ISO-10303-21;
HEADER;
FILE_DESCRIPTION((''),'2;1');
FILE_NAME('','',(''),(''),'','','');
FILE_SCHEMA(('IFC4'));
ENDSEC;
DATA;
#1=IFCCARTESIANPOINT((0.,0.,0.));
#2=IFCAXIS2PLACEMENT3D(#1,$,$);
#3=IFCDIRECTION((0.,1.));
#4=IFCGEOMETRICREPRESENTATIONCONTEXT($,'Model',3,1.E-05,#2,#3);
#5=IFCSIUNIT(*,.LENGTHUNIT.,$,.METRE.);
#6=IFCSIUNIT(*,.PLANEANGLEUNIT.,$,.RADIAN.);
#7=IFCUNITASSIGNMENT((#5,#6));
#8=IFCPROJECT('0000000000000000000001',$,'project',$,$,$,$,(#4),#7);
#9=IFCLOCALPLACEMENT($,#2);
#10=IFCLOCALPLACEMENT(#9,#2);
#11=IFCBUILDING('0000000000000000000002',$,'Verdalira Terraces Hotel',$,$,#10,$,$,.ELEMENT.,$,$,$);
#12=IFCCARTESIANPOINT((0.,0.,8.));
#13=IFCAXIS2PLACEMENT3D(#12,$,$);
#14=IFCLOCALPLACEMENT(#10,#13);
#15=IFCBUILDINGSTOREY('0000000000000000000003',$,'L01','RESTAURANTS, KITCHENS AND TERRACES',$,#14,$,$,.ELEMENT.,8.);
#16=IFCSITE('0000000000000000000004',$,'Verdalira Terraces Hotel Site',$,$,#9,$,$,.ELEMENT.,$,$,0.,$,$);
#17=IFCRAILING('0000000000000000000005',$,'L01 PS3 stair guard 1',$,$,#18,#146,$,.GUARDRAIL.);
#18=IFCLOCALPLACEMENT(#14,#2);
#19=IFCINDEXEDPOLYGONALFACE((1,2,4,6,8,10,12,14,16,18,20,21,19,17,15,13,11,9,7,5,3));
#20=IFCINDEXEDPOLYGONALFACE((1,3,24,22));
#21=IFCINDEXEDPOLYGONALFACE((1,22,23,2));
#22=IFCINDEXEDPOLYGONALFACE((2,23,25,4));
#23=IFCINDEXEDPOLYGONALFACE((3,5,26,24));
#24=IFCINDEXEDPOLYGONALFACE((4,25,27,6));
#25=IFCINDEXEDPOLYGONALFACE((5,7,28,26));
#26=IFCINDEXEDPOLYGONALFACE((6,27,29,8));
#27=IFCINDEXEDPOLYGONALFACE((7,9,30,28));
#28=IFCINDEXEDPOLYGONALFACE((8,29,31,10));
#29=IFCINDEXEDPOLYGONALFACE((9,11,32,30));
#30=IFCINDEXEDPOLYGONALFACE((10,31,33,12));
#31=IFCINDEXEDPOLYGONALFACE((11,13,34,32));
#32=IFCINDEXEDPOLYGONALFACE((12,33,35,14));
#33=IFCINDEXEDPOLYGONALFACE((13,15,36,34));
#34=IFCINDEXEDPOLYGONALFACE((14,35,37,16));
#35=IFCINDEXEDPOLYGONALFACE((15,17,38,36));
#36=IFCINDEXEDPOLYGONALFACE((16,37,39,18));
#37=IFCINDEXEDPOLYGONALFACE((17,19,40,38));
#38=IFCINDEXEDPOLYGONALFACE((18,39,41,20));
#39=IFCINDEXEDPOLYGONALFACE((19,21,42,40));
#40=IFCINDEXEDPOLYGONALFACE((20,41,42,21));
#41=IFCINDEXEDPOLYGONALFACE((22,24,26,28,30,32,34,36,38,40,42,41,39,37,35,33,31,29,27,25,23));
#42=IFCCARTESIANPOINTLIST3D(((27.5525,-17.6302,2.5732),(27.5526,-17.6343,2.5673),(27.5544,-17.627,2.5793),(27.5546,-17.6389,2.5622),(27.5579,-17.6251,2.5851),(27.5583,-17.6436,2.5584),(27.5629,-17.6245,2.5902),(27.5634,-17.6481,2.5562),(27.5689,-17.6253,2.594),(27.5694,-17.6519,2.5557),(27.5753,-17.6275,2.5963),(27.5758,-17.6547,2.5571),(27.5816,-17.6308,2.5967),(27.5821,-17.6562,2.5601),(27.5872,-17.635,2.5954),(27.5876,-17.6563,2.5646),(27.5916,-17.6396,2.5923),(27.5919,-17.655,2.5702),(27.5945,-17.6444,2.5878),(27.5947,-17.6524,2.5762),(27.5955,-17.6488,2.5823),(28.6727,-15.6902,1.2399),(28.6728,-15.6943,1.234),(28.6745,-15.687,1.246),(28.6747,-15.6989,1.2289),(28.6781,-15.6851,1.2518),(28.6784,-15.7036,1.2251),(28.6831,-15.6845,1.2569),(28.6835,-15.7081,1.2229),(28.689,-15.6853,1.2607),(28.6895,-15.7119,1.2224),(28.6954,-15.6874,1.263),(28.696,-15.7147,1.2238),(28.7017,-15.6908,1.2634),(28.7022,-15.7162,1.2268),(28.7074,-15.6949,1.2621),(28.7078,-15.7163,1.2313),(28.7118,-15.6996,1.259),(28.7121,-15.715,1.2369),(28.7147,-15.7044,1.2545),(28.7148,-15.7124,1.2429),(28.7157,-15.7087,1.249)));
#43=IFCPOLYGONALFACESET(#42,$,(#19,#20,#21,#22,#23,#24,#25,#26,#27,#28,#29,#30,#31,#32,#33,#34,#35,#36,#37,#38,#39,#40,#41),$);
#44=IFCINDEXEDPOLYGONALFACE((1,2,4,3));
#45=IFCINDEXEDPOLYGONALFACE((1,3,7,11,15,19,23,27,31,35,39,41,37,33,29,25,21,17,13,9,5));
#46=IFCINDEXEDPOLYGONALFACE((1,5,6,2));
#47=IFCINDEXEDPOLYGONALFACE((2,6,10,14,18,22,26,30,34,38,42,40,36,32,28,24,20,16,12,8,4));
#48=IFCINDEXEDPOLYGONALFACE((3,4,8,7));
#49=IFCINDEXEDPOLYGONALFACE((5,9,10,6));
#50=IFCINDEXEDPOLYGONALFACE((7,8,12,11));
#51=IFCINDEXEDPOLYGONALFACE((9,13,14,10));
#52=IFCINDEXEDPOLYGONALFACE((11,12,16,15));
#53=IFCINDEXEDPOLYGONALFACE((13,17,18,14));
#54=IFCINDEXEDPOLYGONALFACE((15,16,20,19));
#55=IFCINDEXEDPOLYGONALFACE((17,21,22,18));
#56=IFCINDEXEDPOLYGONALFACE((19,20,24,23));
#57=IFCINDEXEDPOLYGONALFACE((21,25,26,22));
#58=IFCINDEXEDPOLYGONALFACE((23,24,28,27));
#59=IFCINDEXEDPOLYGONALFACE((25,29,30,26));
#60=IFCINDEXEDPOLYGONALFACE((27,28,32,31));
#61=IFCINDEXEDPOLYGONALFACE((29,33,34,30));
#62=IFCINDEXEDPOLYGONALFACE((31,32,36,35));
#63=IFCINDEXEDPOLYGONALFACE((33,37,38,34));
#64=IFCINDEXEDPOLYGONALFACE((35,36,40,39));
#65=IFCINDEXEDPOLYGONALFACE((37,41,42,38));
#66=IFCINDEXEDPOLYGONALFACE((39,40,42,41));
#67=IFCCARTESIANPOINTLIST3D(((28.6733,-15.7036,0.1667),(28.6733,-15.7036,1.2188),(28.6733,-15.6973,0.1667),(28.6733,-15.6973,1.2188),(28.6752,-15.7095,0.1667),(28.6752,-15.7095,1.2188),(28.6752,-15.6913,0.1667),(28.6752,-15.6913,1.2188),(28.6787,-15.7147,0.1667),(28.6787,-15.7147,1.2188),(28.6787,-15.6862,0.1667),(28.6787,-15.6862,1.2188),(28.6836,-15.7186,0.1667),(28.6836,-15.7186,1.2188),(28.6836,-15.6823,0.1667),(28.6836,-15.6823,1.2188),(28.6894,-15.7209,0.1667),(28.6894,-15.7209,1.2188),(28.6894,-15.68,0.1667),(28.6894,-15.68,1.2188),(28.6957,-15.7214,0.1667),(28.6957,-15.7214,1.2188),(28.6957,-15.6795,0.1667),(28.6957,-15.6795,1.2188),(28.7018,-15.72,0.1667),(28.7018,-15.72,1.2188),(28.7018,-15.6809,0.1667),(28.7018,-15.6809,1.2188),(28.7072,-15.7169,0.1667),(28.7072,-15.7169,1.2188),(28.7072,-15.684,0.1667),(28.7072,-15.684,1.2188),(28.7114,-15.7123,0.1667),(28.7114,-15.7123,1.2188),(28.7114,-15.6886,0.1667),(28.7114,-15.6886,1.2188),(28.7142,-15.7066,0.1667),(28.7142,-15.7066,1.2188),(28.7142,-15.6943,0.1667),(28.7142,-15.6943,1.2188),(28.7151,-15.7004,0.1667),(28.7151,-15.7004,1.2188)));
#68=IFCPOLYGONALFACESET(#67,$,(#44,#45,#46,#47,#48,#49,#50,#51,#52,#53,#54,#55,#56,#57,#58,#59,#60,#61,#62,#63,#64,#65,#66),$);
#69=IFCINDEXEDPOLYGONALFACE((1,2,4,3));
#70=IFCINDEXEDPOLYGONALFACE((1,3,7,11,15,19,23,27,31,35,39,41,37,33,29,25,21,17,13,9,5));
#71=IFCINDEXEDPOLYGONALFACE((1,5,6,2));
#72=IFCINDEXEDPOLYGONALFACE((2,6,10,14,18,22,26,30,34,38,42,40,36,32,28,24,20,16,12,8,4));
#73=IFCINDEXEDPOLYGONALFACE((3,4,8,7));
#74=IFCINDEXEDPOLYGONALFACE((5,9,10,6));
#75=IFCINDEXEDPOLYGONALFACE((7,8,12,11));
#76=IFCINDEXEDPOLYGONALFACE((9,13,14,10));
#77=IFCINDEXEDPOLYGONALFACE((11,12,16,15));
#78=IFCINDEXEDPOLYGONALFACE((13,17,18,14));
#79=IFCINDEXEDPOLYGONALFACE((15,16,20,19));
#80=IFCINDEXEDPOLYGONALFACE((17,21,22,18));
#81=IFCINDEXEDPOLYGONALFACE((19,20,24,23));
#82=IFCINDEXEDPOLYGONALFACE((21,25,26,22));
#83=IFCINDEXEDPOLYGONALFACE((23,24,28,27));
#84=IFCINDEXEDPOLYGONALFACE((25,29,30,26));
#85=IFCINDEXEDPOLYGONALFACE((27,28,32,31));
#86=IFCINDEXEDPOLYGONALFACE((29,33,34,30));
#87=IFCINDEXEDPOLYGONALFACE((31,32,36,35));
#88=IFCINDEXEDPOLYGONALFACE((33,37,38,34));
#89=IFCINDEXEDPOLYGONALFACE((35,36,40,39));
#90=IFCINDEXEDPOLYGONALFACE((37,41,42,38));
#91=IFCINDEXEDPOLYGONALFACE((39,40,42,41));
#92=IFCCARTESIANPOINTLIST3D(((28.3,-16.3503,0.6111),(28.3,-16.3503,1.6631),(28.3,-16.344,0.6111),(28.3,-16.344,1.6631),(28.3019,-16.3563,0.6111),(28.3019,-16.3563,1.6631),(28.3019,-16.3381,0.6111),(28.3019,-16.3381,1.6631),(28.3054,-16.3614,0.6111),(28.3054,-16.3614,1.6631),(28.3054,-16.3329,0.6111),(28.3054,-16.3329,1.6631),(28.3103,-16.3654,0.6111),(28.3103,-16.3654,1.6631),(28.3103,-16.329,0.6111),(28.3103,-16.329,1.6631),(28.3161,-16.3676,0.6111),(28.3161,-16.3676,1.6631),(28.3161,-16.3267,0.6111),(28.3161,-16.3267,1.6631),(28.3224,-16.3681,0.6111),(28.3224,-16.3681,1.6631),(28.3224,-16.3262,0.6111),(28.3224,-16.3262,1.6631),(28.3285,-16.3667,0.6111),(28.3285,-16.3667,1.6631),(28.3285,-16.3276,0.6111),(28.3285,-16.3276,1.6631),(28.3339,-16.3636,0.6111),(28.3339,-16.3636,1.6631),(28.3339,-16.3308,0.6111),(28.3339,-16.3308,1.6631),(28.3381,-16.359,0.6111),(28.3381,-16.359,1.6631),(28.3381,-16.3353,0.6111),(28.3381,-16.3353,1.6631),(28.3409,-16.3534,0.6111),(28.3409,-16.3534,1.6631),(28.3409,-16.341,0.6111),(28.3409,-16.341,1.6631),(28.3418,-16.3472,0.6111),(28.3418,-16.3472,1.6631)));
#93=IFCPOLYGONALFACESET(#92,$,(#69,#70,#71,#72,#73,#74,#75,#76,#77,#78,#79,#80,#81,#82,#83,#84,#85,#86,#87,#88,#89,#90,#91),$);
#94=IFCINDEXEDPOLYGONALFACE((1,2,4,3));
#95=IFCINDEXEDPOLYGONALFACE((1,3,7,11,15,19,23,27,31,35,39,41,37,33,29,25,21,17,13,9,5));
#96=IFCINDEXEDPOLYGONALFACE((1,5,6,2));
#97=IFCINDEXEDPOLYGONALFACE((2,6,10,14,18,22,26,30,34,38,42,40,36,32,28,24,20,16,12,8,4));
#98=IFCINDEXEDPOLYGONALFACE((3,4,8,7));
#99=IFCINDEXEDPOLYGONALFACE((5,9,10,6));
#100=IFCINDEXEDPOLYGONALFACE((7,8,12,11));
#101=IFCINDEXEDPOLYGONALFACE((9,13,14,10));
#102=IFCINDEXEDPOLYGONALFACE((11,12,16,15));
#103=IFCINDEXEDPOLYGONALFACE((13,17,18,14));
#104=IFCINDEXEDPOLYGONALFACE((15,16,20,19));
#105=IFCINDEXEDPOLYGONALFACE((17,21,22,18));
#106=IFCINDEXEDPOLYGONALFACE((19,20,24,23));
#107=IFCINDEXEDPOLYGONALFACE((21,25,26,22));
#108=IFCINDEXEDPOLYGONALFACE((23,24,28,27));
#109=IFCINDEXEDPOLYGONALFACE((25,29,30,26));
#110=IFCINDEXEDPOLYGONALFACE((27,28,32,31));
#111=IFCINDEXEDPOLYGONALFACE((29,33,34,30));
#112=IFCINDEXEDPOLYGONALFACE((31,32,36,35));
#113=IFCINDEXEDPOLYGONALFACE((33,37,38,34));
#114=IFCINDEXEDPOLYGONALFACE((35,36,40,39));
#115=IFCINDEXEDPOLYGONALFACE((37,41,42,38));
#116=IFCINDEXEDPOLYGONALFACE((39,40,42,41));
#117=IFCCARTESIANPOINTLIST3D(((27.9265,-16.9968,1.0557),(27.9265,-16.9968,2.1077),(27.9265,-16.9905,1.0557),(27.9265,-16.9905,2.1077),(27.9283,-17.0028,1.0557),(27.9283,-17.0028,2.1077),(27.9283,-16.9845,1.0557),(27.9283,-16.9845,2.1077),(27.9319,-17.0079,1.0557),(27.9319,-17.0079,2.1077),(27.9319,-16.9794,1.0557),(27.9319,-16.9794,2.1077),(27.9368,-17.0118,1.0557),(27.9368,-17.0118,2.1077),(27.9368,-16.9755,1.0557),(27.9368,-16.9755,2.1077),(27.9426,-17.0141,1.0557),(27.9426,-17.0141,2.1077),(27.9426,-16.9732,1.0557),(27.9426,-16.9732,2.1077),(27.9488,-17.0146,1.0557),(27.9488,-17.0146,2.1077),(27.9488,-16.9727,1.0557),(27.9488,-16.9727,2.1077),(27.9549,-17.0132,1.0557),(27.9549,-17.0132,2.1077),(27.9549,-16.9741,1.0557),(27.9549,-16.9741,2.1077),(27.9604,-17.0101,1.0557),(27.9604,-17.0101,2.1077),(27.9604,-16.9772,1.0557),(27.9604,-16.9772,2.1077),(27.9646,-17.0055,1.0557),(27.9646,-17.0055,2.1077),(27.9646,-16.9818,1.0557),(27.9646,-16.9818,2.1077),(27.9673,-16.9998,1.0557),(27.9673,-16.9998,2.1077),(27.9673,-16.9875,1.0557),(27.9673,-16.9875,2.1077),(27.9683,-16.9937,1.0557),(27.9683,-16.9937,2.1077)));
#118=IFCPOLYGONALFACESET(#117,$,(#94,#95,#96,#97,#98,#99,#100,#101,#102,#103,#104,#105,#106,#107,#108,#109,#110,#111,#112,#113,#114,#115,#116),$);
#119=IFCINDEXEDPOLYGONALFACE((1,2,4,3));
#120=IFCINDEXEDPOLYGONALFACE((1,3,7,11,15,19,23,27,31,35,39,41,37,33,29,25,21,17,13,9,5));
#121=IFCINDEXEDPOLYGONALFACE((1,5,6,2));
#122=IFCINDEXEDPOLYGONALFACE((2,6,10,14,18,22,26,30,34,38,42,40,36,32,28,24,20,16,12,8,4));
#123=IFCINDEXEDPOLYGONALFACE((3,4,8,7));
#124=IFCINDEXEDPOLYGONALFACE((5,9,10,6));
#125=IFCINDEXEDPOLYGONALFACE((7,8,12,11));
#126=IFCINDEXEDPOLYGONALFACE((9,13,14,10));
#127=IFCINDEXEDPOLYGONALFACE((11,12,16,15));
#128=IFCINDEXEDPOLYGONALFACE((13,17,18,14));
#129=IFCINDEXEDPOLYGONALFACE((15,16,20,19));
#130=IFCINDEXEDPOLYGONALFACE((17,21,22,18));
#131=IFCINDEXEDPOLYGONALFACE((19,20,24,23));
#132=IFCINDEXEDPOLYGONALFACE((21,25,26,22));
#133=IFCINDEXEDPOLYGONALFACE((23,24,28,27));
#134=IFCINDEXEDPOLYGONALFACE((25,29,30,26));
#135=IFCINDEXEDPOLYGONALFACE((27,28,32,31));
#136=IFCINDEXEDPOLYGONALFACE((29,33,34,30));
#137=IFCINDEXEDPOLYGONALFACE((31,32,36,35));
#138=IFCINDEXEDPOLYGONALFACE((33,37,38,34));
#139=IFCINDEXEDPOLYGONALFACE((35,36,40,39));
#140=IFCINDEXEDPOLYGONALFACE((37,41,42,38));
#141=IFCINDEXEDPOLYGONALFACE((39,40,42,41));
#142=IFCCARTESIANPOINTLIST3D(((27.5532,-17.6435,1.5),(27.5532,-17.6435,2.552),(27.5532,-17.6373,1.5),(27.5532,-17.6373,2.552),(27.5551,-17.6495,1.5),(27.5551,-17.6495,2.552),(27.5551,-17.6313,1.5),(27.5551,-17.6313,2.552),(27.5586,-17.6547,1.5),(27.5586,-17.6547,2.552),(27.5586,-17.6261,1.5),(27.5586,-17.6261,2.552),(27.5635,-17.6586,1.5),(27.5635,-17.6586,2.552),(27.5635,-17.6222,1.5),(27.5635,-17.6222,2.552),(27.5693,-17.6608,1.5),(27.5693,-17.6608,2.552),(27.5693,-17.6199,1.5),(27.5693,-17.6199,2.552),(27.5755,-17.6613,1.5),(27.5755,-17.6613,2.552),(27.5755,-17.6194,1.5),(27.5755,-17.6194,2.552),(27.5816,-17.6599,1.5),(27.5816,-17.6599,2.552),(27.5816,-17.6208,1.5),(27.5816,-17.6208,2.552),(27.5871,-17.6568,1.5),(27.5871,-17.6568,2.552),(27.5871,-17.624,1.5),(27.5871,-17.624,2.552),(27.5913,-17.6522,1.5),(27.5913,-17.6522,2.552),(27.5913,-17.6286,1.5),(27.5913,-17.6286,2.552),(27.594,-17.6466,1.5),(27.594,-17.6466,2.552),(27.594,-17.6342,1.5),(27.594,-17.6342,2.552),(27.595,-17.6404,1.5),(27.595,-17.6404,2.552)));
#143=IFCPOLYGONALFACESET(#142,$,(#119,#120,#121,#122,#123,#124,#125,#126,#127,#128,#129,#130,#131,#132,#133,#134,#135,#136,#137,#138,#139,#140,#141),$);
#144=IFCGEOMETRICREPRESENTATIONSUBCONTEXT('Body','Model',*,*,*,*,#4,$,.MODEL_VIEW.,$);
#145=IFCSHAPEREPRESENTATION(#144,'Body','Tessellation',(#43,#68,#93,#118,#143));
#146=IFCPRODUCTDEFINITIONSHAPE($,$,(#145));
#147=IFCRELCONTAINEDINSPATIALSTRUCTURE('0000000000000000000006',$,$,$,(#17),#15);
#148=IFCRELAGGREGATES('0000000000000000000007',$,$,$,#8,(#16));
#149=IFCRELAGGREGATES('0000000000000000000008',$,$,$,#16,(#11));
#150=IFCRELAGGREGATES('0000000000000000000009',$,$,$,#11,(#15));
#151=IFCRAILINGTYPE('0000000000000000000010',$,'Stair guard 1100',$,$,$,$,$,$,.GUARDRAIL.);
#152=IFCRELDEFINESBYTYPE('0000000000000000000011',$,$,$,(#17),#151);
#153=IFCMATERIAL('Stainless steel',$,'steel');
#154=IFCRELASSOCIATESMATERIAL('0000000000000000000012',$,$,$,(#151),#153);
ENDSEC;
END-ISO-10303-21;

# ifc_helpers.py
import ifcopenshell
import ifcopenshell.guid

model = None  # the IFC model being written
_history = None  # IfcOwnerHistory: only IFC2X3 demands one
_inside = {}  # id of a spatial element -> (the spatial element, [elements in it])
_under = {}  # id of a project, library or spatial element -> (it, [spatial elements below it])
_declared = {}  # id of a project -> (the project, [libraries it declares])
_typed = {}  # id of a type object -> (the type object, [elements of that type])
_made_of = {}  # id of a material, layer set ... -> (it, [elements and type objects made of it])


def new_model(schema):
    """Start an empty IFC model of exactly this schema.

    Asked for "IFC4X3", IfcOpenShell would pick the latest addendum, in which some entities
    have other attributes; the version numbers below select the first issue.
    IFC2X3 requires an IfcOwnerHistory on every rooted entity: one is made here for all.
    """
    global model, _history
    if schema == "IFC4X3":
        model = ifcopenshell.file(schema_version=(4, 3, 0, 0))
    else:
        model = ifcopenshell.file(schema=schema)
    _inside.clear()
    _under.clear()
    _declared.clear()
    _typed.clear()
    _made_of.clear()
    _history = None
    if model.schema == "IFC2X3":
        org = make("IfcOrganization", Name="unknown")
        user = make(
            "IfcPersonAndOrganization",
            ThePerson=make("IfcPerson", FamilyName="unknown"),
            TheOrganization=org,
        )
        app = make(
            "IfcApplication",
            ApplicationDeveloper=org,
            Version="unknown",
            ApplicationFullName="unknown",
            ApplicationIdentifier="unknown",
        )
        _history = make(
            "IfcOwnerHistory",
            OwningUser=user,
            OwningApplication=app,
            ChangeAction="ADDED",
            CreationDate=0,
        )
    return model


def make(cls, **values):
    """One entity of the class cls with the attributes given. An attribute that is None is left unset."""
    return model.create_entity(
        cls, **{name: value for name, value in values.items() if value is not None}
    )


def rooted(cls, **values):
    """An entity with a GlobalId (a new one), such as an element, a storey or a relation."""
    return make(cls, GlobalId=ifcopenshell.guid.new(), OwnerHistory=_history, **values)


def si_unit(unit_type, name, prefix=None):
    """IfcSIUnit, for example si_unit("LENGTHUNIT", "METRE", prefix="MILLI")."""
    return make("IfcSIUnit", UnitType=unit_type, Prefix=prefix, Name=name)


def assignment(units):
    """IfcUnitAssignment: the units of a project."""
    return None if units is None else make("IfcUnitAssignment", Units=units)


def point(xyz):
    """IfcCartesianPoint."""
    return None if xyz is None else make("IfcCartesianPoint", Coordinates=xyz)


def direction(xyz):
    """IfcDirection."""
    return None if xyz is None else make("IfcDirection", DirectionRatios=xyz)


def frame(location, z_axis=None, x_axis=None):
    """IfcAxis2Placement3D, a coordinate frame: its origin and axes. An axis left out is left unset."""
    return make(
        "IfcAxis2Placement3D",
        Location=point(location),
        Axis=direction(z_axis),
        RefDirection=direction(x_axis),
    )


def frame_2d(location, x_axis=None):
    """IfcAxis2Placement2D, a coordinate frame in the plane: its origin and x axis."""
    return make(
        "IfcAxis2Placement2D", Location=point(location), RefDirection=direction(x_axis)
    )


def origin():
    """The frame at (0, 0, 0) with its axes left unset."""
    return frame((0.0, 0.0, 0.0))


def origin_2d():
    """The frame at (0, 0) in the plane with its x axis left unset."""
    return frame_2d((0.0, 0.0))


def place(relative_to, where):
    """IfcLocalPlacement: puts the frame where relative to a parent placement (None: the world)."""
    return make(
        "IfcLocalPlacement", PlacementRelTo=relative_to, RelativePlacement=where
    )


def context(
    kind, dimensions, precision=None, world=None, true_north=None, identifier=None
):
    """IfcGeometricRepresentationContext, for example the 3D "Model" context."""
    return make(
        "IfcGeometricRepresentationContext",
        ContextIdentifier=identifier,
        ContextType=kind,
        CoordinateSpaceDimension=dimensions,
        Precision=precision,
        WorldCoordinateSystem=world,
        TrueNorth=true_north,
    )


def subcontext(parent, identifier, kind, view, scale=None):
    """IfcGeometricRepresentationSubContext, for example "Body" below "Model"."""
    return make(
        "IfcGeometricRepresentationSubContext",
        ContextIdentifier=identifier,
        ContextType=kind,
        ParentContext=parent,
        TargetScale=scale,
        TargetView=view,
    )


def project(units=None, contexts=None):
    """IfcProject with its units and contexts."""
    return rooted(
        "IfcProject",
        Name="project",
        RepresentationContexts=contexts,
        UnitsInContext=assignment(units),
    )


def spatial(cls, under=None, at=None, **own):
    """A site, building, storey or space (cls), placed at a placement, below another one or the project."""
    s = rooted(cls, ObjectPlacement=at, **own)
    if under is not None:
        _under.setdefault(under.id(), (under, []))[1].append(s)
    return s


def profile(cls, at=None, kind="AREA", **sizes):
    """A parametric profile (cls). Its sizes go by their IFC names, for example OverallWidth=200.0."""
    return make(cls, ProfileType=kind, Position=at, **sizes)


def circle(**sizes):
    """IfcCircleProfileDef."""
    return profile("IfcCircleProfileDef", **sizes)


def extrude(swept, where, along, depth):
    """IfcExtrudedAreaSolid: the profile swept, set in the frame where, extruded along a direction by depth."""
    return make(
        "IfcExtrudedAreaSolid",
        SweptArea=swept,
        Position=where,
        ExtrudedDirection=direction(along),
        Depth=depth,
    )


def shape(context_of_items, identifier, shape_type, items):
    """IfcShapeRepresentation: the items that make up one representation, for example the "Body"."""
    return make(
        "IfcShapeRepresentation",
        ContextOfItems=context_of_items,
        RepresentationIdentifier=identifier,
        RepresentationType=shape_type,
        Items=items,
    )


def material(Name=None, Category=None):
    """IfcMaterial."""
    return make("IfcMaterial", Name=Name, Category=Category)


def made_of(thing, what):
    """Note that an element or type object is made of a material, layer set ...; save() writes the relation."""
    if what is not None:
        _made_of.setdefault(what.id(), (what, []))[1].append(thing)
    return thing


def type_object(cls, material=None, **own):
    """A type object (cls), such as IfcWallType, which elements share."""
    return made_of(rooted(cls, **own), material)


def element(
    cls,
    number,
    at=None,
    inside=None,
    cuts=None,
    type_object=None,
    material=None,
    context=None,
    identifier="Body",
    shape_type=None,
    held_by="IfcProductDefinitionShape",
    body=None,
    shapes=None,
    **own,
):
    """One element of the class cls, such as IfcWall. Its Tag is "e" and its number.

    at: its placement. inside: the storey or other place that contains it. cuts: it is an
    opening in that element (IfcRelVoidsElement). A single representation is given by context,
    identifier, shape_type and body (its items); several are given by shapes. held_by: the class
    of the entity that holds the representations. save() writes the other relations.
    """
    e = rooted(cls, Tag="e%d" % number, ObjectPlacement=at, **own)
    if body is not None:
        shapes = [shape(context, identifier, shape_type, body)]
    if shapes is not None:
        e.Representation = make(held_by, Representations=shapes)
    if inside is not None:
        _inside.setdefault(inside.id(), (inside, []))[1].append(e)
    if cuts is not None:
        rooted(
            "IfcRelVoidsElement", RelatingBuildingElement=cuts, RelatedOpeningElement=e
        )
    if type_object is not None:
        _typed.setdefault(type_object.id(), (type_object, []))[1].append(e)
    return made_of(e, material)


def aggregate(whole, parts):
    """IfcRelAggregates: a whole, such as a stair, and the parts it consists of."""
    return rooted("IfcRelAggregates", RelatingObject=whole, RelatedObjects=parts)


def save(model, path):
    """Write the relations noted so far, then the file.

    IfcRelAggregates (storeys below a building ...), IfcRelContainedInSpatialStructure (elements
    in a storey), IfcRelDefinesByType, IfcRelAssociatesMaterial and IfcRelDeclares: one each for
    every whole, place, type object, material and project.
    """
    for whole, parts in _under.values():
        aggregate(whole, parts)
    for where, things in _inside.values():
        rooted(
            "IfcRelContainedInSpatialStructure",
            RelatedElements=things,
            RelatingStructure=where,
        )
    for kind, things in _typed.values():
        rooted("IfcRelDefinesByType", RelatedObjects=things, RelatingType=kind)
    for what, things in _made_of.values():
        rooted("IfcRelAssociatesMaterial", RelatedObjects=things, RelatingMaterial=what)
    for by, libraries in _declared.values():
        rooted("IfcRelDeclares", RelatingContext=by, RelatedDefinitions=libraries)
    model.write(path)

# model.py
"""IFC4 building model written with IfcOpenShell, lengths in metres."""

from ifc_helpers import new_model, si_unit, direction, frame, origin, origin_2d, place, context, subcontext, project, spatial, circle, extrude, material, type_object, element, save


model = new_model("IFC4")

# Units and contexts
model_context = context("Model", 3, precision=1e-05, world=origin(), true_north=direction((0.0, 1.0)))
body_context = subcontext(model_context, "Body", "Model", "MODEL_VIEW")
ifc_project = project(units=[si_unit("LENGTHUNIT", "METRE"), si_unit("PLANEANGLEUNIT", "RADIAN")], contexts=[model_context])

# Site, building, storey
site_placement = place(None, origin())
site = spatial("IfcSite", under=ifc_project, at=site_placement, Name="Verdalira Terraces Hotel Site", CompositionType="ELEMENT", RefElevation=0.0)
building_placement = place(site_placement, origin())
building = spatial("IfcBuilding", under=site, at=building_placement, Name="Verdalira Terraces Hotel", CompositionType="ELEMENT")
storey_placement = place(building_placement, frame((0.0, 0.0, 8.0)))
storey = spatial("IfcBuildingStorey", under=building, at=storey_placement, Name="L01", Description="RESTAURANTS, KITCHENS AND TERRACES", CompositionType="ELEMENT", Elevation=8.0)

# Railing
ifc_material_1 = material(Name="Stainless steel", Category="steel")
railing_type_1 = type_object("IfcRailingType", Name="Stair guard 1100", PredefinedType="GUARDRAIL", material=ifc_material_1)
railing_1_placement = place(storey_placement, frame((28.6941, -15.7004, 0.1667)))
element("IfcRailing", 1, at=railing_1_placement, inside=storey, type_object=railing_type_1, Name="L01 PS3 stair guard 1", PredefinedType="GUARDRAIL", context=body_context, shape_type="SweptSolid", body=[
    extrude(circle(Radius=0.0239, at=origin_2d()), frame((0.0, 0.0, 1.0762), z_axis=(-0.429684, -0.744175, 0.511444), x_axis=(0.866008, -0.500031, 0.0)), (0.0, 0.0, 1.0), 2.6069),
    extrude(circle(Radius=0.021, at=origin_2d()), origin(), (0.0, 0.0, 1.0), 1.052),
    extrude(circle(Radius=0.021, at=origin_2d()), frame((-0.3733, -0.6467, 0.4443)), (0.0, 0.0, 1.0), 1.052),
    extrude(circle(Radius=0.021, at=origin_2d()), frame((-0.7468, -1.2932, 0.8889)), (0.0, 0.0, 1.0), 1.052),
    extrude(circle(Radius=0.021, at=origin_2d()), frame((-1.1201, -1.9399, 1.3333)), (0.0, 0.0, 1.0), 1.052),
])

save(model, "model.ifc")
